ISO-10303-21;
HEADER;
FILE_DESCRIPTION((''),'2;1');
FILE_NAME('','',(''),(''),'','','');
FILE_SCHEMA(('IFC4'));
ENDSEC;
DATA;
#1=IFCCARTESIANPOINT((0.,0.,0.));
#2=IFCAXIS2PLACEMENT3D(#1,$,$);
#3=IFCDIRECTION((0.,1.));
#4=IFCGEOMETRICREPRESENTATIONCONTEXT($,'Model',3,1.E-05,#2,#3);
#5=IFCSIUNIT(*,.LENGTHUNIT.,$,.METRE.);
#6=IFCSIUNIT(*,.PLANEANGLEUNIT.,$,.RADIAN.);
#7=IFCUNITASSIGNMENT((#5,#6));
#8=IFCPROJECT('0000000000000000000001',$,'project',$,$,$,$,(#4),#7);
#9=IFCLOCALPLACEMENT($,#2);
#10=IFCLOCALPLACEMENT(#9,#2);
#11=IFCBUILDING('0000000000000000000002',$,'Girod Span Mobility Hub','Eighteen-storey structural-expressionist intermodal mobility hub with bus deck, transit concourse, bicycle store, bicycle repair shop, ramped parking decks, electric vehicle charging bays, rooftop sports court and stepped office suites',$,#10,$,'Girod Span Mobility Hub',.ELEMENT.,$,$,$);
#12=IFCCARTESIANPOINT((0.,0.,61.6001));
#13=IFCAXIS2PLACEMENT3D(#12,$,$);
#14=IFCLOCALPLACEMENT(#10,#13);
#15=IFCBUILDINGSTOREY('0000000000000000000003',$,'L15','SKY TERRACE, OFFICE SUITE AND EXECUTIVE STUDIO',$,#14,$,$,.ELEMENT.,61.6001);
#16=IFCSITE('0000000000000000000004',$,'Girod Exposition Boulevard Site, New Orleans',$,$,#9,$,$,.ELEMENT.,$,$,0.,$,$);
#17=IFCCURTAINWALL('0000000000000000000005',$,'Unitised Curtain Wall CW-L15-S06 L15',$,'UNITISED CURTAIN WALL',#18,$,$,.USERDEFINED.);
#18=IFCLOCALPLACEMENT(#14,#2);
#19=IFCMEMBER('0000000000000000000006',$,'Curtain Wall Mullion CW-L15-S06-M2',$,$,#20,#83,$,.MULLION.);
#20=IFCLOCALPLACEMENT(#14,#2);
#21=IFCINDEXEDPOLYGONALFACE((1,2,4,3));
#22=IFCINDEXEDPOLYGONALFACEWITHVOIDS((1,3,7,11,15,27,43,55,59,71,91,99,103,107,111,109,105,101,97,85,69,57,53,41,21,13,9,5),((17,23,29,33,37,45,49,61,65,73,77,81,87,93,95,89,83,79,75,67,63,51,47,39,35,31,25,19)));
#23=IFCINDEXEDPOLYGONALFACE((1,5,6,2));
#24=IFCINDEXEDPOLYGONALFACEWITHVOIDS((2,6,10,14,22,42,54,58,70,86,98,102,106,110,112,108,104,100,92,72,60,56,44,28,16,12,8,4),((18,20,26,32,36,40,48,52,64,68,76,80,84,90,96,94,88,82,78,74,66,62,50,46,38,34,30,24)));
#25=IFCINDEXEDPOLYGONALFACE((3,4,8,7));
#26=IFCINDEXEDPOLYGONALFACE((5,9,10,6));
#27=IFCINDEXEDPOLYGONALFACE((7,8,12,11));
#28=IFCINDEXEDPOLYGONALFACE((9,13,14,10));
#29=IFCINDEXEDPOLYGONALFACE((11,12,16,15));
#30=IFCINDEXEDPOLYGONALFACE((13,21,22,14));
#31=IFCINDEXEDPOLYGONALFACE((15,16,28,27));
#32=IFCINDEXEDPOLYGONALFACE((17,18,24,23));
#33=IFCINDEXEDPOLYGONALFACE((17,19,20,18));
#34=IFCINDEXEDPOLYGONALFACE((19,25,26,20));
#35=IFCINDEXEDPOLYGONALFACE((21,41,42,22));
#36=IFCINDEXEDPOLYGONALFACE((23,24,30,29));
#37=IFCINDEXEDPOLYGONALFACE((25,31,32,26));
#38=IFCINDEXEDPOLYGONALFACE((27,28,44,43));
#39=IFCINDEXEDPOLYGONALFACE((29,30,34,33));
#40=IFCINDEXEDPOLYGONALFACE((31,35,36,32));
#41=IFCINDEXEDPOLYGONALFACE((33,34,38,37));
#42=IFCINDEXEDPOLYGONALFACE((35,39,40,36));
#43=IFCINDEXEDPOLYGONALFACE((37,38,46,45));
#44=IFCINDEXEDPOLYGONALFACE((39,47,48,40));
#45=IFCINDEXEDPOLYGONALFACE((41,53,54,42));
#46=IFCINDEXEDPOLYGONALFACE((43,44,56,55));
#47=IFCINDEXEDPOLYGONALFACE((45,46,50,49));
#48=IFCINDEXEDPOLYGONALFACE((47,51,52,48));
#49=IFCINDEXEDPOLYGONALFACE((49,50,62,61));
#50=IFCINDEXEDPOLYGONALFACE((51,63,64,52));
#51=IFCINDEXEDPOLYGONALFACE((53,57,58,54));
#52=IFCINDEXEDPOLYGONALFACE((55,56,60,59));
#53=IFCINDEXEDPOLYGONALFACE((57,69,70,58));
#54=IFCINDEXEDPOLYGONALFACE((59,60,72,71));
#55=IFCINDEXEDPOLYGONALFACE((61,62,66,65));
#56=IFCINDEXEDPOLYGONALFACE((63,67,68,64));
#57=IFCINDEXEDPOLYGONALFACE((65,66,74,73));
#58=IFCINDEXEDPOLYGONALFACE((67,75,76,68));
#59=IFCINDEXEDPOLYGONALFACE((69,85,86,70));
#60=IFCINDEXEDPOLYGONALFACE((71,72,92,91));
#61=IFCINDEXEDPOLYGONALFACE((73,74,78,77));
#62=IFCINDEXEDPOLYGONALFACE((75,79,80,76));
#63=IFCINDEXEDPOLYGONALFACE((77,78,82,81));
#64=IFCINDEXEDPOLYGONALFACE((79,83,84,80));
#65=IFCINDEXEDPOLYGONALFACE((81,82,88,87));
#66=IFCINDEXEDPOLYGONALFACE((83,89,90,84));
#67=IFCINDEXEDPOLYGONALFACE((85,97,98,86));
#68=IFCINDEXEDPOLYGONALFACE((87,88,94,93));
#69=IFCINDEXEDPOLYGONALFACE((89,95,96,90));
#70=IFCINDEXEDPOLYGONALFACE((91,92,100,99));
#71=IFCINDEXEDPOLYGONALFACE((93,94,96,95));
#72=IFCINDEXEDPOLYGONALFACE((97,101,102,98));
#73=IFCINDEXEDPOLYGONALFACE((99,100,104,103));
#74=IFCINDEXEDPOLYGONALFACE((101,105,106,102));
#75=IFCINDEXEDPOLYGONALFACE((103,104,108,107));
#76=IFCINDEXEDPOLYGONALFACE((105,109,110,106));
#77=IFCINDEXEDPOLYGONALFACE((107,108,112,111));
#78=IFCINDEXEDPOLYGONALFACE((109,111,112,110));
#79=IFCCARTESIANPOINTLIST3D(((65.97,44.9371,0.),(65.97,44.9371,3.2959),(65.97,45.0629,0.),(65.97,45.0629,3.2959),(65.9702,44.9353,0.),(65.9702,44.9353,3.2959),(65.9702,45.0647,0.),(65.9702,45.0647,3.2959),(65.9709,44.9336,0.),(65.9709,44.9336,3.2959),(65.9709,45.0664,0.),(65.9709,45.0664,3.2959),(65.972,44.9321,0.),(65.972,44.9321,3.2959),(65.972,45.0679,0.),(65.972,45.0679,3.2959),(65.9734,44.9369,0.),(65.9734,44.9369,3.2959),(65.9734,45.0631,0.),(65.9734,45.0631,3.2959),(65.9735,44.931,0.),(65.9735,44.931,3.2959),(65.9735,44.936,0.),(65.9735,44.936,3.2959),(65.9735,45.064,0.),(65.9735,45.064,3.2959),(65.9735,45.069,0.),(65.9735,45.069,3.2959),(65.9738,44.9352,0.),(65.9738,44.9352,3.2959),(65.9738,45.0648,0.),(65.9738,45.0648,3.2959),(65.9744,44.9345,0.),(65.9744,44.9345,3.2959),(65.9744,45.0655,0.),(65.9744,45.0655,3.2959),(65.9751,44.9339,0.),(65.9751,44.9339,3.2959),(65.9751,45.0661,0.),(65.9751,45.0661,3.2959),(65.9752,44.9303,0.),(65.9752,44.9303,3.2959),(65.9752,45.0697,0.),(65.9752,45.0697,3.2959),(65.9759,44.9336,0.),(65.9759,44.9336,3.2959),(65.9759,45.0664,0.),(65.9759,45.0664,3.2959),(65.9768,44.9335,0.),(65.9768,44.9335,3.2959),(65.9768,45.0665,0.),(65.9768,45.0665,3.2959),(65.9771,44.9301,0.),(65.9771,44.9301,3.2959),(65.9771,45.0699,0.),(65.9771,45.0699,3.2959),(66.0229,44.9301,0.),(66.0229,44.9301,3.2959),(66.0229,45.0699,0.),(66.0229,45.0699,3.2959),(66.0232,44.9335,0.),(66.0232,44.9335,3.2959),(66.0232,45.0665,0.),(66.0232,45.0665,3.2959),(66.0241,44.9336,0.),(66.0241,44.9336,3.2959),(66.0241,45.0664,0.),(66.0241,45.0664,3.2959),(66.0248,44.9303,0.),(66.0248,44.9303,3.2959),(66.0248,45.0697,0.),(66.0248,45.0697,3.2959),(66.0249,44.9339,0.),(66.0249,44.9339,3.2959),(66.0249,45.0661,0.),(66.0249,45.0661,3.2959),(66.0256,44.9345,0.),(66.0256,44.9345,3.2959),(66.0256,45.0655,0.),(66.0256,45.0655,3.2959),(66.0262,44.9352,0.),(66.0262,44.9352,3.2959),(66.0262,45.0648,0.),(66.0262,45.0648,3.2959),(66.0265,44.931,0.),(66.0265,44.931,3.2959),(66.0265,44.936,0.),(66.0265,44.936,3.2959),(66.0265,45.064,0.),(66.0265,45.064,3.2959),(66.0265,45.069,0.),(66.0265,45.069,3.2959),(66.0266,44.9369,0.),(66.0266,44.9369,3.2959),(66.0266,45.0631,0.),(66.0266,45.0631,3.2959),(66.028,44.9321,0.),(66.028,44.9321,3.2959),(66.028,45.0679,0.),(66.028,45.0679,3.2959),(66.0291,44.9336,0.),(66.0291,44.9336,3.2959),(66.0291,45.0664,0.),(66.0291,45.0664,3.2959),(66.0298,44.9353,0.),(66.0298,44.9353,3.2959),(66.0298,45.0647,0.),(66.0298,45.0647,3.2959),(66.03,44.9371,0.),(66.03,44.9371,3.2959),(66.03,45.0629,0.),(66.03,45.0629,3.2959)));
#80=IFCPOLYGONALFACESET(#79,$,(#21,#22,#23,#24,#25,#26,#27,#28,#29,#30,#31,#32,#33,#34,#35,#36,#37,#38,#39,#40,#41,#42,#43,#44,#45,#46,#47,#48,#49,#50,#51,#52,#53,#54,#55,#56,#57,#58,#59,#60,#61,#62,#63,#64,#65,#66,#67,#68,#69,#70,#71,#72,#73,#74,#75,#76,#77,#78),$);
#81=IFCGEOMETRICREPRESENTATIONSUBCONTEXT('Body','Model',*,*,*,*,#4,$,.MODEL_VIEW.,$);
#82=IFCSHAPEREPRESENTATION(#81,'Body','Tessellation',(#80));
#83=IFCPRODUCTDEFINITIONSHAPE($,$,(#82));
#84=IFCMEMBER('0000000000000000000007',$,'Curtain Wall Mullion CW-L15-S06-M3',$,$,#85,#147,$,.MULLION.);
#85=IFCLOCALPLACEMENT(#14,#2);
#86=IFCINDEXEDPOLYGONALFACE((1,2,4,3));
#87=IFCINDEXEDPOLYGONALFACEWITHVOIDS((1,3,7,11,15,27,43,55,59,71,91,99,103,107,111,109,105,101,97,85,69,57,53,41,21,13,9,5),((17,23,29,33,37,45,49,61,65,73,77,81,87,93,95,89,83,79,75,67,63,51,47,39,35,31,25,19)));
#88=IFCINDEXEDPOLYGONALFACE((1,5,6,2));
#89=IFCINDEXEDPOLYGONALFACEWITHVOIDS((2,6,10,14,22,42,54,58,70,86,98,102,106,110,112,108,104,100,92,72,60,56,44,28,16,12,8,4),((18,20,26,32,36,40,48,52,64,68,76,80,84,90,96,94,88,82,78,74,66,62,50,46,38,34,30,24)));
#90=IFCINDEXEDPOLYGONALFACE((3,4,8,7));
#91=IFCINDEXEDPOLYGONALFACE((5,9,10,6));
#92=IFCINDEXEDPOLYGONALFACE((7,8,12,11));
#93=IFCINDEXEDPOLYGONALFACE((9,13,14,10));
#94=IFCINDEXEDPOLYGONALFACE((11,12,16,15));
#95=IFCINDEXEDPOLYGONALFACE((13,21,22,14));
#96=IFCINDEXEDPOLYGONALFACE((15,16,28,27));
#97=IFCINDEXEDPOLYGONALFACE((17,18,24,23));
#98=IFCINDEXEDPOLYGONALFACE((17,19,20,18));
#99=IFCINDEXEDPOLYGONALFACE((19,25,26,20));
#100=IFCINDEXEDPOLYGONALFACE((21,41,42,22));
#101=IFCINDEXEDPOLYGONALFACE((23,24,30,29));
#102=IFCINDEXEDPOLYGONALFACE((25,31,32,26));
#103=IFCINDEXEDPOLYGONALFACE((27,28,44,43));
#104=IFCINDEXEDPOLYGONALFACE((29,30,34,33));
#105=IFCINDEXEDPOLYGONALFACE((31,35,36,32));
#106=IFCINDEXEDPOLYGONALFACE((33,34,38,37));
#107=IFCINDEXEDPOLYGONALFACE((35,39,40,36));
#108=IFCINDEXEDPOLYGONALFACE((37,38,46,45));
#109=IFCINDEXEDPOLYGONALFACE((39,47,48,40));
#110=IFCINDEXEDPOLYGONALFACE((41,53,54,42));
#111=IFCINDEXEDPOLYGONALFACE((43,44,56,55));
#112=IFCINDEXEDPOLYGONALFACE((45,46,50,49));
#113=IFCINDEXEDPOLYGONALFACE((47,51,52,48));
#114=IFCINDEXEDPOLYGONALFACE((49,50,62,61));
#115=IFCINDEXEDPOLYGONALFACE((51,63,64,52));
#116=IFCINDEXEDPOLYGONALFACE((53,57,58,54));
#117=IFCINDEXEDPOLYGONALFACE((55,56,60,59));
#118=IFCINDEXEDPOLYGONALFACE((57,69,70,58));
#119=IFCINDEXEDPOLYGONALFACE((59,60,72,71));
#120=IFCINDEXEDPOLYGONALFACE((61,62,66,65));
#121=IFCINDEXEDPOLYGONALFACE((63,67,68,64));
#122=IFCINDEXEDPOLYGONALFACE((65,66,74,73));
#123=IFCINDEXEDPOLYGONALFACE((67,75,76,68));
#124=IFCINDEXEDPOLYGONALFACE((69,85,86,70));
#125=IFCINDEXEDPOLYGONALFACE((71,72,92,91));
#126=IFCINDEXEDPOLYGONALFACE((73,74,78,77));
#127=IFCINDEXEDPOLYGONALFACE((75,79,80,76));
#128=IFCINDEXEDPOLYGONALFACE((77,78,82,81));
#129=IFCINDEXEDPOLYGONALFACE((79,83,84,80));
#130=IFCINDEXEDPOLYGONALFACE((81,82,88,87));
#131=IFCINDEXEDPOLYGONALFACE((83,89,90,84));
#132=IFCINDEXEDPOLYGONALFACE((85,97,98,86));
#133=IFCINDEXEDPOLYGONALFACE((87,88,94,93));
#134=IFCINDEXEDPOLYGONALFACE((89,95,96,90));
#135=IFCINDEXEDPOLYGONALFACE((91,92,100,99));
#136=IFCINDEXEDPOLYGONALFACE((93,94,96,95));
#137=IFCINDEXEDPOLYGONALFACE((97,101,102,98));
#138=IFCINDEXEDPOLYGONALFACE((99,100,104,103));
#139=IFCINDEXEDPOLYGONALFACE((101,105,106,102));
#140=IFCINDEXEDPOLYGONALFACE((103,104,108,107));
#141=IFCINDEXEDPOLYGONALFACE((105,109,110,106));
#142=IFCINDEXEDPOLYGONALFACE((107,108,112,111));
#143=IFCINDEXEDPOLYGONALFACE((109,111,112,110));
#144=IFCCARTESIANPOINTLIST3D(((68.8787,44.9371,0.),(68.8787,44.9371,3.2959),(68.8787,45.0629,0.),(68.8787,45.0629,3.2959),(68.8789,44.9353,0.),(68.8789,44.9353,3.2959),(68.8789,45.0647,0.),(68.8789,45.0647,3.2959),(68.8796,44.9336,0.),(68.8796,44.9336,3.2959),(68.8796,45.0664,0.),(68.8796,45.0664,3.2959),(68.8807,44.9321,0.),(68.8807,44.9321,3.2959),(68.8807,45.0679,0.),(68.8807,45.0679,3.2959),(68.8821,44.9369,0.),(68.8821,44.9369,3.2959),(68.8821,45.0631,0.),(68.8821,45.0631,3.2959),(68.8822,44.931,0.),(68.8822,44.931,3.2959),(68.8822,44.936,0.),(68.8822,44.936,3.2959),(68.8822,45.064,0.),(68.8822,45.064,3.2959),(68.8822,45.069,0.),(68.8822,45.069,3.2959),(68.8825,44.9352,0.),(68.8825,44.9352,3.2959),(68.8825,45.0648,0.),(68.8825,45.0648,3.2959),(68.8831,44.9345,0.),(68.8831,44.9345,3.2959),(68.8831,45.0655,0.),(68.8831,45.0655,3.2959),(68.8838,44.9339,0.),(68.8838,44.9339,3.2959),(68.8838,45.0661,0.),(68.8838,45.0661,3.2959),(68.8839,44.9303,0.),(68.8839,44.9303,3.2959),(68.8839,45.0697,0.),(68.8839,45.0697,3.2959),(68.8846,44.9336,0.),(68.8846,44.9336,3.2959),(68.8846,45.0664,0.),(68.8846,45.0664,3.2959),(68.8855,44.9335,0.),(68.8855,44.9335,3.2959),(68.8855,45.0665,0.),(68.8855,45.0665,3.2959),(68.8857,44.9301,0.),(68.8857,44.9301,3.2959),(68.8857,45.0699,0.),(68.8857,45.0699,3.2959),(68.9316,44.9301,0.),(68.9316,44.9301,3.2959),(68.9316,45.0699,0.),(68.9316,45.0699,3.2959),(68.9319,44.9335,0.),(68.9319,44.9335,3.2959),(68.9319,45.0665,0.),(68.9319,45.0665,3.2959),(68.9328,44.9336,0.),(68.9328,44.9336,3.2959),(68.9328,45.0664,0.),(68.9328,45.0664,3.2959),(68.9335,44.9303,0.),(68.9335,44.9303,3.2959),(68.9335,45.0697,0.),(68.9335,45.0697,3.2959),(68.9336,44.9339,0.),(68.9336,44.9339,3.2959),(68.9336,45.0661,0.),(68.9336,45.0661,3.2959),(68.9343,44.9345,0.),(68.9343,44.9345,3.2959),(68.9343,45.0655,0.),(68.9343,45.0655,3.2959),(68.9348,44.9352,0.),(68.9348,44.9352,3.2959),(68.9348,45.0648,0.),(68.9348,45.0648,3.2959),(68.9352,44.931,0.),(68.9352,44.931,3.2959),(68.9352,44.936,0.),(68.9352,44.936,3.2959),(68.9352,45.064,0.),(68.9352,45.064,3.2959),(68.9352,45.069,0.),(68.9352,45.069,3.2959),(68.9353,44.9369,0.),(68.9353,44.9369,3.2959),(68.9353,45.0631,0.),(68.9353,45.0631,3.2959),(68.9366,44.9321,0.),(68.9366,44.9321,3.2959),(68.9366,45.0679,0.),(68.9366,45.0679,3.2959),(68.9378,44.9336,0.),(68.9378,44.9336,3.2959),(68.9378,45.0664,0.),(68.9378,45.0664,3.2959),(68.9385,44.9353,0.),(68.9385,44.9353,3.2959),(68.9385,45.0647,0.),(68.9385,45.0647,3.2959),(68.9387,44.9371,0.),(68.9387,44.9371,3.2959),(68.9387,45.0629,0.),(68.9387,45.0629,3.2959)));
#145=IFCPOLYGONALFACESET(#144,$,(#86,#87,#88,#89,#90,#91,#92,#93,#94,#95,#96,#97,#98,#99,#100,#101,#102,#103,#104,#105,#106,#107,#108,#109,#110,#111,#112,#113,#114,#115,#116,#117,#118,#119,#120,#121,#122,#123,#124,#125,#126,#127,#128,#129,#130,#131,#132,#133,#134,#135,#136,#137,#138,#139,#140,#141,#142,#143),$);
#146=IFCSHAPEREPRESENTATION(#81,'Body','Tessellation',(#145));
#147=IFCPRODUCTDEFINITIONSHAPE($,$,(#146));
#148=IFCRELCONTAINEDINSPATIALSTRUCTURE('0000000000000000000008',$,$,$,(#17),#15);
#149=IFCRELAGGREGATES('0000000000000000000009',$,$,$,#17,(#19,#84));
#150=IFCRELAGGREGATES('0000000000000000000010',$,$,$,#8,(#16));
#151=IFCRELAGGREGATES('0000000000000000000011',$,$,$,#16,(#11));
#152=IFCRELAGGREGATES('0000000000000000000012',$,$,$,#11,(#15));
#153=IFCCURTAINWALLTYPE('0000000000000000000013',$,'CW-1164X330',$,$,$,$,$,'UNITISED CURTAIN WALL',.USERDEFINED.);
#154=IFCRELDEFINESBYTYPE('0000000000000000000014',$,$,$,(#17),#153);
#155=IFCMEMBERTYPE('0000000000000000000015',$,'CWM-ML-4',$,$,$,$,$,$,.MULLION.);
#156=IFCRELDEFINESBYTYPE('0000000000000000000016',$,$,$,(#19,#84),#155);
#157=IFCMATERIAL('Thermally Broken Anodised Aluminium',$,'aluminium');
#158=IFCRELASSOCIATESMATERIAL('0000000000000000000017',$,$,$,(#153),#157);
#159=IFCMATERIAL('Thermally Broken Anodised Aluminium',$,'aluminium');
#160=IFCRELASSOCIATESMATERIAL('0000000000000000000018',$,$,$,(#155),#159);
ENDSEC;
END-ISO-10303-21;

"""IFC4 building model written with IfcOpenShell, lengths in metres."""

from ifc_helpers import new_model, si_unit, direction, frame, origin, origin_2d, place, context, subcontext, project, spatial, hollow_rectangle, extrude, material, material_profile, profile_set, type_object, element, aggregate, save


model = new_model("IFC4")

# Units and contexts
model_context = context("Model", 3, precision=1e-05, world=origin(), true_north=direction((0.0, 1.0)))
body_context = subcontext(model_context, "Body", "Model", "MODEL_VIEW")
ifc_project = project(units=[si_unit("LENGTHUNIT", "METRE"), si_unit("PLANEANGLEUNIT", "RADIAN")], contexts=[model_context])

# Site, building, storey
site_placement = place(None, origin())
site = spatial("IfcSite", under=ifc_project, at=site_placement, Name="Girod Exposition Boulevard Site, New Orleans", CompositionType="ELEMENT", RefElevation=0.0)
building_placement = place(site_placement, origin())
building = spatial("IfcBuilding", under=site, at=building_placement, Name="Girod Span Mobility Hub", Description="Eighteen-storey structural-expressionist intermodal mobility hub with bus deck, transit concourse, bicycle store, bicycle repair shop, ramped parking decks, electric vehicle charging bays, rooftop sports court and stepped office suites", LongName="Girod Span Mobility Hub", CompositionType="ELEMENT")
storey_placement = place(building_placement, frame((0.0, 0.0, 61.6001)))
storey = spatial("IfcBuildingStorey", under=building, at=storey_placement, Name="L15", Description="SKY TERRACE, OFFICE SUITE AND EXECUTIVE STUDIO", CompositionType="ELEMENT", Elevation=61.6001)

# Curtain wall, members
ifc_material_1 = material(Name="Thermally Broken Anodised Aluminium", Category="aluminium")
curtain_wall_type = type_object("IfcCurtainWallType", Name="CW-1164X330", ElementType="UNITISED CURTAIN WALL", PredefinedType="USERDEFINED", material=ifc_material_1)
curtain_wall_1_placement = place(storey_placement, origin())
curtain_wall_1 = element("IfcCurtainWall", 1, at=curtain_wall_1_placement, inside=storey, type_object=curtain_wall_type, Name="Unitised Curtain Wall CW-L15-S06 L15", ObjectType="UNITISED CURTAIN WALL", PredefinedType="USERDEFINED")
ifc_material_2 = material(Name="Thermally Broken Anodised Aluminium", Category="aluminium")
ifc_material_profile_1 = material_profile(ifc_material_2, hollow_rectangle(XDim=0.1399, YDim=0.0601, WallThickness=0.0034, InnerFilletRadius=0.0034, OuterFilletRadius=0.0071, at=origin_2d()), Name="CW-ML-60X140")
ifc_profile_set_1 = profile_set([ifc_material_profile_1], Name="Thermally Broken Anodised Aluminium")
member_type_1 = type_object("IfcMemberType", Name="CWM-ML-4", PredefinedType="MULLION", material=ifc_profile_set_1)
member_1_placement = place(storey_placement, frame((66.0, 45.0, 0.0), z_axis=(0.0, 0.0, 1.0), x_axis=(0.0, 1.0, 0.0)))
member_1 = element("IfcMember", 2, at=member_1_placement, type_object=member_type_1, Name="Curtain Wall Mullion CW-L15-S06-M2", PredefinedType="MULLION", context=body_context, shape_type="SweptSolid", body=[
    extrude(hollow_rectangle(XDim=0.1399, YDim=0.0601, WallThickness=0.0034, InnerFilletRadius=0.0034, OuterFilletRadius=0.0071, at=origin_2d()), origin(), (0.0, 0.0, 1.0), 3.2959),
])
member_2_placement = place(storey_placement, frame((68.9087, 45.0, 0.0), z_axis=(0.0, 0.0, 1.0), x_axis=(0.0, 1.0, 0.0)))
member_2 = element("IfcMember", 3, at=member_2_placement, type_object=member_type_1, Name="Curtain Wall Mullion CW-L15-S06-M3", PredefinedType="MULLION", context=body_context, shape_type="SweptSolid", body=[
    extrude(hollow_rectangle(XDim=0.1399, YDim=0.0601, WallThickness=0.0034, InnerFilletRadius=0.0034, OuterFilletRadius=0.0071, at=origin_2d()), origin(), (0.0, 0.0, 1.0), 3.2959),
])

aggregate(curtain_wall_1, [member_1, member_2])

save(model, "model.ifc")
